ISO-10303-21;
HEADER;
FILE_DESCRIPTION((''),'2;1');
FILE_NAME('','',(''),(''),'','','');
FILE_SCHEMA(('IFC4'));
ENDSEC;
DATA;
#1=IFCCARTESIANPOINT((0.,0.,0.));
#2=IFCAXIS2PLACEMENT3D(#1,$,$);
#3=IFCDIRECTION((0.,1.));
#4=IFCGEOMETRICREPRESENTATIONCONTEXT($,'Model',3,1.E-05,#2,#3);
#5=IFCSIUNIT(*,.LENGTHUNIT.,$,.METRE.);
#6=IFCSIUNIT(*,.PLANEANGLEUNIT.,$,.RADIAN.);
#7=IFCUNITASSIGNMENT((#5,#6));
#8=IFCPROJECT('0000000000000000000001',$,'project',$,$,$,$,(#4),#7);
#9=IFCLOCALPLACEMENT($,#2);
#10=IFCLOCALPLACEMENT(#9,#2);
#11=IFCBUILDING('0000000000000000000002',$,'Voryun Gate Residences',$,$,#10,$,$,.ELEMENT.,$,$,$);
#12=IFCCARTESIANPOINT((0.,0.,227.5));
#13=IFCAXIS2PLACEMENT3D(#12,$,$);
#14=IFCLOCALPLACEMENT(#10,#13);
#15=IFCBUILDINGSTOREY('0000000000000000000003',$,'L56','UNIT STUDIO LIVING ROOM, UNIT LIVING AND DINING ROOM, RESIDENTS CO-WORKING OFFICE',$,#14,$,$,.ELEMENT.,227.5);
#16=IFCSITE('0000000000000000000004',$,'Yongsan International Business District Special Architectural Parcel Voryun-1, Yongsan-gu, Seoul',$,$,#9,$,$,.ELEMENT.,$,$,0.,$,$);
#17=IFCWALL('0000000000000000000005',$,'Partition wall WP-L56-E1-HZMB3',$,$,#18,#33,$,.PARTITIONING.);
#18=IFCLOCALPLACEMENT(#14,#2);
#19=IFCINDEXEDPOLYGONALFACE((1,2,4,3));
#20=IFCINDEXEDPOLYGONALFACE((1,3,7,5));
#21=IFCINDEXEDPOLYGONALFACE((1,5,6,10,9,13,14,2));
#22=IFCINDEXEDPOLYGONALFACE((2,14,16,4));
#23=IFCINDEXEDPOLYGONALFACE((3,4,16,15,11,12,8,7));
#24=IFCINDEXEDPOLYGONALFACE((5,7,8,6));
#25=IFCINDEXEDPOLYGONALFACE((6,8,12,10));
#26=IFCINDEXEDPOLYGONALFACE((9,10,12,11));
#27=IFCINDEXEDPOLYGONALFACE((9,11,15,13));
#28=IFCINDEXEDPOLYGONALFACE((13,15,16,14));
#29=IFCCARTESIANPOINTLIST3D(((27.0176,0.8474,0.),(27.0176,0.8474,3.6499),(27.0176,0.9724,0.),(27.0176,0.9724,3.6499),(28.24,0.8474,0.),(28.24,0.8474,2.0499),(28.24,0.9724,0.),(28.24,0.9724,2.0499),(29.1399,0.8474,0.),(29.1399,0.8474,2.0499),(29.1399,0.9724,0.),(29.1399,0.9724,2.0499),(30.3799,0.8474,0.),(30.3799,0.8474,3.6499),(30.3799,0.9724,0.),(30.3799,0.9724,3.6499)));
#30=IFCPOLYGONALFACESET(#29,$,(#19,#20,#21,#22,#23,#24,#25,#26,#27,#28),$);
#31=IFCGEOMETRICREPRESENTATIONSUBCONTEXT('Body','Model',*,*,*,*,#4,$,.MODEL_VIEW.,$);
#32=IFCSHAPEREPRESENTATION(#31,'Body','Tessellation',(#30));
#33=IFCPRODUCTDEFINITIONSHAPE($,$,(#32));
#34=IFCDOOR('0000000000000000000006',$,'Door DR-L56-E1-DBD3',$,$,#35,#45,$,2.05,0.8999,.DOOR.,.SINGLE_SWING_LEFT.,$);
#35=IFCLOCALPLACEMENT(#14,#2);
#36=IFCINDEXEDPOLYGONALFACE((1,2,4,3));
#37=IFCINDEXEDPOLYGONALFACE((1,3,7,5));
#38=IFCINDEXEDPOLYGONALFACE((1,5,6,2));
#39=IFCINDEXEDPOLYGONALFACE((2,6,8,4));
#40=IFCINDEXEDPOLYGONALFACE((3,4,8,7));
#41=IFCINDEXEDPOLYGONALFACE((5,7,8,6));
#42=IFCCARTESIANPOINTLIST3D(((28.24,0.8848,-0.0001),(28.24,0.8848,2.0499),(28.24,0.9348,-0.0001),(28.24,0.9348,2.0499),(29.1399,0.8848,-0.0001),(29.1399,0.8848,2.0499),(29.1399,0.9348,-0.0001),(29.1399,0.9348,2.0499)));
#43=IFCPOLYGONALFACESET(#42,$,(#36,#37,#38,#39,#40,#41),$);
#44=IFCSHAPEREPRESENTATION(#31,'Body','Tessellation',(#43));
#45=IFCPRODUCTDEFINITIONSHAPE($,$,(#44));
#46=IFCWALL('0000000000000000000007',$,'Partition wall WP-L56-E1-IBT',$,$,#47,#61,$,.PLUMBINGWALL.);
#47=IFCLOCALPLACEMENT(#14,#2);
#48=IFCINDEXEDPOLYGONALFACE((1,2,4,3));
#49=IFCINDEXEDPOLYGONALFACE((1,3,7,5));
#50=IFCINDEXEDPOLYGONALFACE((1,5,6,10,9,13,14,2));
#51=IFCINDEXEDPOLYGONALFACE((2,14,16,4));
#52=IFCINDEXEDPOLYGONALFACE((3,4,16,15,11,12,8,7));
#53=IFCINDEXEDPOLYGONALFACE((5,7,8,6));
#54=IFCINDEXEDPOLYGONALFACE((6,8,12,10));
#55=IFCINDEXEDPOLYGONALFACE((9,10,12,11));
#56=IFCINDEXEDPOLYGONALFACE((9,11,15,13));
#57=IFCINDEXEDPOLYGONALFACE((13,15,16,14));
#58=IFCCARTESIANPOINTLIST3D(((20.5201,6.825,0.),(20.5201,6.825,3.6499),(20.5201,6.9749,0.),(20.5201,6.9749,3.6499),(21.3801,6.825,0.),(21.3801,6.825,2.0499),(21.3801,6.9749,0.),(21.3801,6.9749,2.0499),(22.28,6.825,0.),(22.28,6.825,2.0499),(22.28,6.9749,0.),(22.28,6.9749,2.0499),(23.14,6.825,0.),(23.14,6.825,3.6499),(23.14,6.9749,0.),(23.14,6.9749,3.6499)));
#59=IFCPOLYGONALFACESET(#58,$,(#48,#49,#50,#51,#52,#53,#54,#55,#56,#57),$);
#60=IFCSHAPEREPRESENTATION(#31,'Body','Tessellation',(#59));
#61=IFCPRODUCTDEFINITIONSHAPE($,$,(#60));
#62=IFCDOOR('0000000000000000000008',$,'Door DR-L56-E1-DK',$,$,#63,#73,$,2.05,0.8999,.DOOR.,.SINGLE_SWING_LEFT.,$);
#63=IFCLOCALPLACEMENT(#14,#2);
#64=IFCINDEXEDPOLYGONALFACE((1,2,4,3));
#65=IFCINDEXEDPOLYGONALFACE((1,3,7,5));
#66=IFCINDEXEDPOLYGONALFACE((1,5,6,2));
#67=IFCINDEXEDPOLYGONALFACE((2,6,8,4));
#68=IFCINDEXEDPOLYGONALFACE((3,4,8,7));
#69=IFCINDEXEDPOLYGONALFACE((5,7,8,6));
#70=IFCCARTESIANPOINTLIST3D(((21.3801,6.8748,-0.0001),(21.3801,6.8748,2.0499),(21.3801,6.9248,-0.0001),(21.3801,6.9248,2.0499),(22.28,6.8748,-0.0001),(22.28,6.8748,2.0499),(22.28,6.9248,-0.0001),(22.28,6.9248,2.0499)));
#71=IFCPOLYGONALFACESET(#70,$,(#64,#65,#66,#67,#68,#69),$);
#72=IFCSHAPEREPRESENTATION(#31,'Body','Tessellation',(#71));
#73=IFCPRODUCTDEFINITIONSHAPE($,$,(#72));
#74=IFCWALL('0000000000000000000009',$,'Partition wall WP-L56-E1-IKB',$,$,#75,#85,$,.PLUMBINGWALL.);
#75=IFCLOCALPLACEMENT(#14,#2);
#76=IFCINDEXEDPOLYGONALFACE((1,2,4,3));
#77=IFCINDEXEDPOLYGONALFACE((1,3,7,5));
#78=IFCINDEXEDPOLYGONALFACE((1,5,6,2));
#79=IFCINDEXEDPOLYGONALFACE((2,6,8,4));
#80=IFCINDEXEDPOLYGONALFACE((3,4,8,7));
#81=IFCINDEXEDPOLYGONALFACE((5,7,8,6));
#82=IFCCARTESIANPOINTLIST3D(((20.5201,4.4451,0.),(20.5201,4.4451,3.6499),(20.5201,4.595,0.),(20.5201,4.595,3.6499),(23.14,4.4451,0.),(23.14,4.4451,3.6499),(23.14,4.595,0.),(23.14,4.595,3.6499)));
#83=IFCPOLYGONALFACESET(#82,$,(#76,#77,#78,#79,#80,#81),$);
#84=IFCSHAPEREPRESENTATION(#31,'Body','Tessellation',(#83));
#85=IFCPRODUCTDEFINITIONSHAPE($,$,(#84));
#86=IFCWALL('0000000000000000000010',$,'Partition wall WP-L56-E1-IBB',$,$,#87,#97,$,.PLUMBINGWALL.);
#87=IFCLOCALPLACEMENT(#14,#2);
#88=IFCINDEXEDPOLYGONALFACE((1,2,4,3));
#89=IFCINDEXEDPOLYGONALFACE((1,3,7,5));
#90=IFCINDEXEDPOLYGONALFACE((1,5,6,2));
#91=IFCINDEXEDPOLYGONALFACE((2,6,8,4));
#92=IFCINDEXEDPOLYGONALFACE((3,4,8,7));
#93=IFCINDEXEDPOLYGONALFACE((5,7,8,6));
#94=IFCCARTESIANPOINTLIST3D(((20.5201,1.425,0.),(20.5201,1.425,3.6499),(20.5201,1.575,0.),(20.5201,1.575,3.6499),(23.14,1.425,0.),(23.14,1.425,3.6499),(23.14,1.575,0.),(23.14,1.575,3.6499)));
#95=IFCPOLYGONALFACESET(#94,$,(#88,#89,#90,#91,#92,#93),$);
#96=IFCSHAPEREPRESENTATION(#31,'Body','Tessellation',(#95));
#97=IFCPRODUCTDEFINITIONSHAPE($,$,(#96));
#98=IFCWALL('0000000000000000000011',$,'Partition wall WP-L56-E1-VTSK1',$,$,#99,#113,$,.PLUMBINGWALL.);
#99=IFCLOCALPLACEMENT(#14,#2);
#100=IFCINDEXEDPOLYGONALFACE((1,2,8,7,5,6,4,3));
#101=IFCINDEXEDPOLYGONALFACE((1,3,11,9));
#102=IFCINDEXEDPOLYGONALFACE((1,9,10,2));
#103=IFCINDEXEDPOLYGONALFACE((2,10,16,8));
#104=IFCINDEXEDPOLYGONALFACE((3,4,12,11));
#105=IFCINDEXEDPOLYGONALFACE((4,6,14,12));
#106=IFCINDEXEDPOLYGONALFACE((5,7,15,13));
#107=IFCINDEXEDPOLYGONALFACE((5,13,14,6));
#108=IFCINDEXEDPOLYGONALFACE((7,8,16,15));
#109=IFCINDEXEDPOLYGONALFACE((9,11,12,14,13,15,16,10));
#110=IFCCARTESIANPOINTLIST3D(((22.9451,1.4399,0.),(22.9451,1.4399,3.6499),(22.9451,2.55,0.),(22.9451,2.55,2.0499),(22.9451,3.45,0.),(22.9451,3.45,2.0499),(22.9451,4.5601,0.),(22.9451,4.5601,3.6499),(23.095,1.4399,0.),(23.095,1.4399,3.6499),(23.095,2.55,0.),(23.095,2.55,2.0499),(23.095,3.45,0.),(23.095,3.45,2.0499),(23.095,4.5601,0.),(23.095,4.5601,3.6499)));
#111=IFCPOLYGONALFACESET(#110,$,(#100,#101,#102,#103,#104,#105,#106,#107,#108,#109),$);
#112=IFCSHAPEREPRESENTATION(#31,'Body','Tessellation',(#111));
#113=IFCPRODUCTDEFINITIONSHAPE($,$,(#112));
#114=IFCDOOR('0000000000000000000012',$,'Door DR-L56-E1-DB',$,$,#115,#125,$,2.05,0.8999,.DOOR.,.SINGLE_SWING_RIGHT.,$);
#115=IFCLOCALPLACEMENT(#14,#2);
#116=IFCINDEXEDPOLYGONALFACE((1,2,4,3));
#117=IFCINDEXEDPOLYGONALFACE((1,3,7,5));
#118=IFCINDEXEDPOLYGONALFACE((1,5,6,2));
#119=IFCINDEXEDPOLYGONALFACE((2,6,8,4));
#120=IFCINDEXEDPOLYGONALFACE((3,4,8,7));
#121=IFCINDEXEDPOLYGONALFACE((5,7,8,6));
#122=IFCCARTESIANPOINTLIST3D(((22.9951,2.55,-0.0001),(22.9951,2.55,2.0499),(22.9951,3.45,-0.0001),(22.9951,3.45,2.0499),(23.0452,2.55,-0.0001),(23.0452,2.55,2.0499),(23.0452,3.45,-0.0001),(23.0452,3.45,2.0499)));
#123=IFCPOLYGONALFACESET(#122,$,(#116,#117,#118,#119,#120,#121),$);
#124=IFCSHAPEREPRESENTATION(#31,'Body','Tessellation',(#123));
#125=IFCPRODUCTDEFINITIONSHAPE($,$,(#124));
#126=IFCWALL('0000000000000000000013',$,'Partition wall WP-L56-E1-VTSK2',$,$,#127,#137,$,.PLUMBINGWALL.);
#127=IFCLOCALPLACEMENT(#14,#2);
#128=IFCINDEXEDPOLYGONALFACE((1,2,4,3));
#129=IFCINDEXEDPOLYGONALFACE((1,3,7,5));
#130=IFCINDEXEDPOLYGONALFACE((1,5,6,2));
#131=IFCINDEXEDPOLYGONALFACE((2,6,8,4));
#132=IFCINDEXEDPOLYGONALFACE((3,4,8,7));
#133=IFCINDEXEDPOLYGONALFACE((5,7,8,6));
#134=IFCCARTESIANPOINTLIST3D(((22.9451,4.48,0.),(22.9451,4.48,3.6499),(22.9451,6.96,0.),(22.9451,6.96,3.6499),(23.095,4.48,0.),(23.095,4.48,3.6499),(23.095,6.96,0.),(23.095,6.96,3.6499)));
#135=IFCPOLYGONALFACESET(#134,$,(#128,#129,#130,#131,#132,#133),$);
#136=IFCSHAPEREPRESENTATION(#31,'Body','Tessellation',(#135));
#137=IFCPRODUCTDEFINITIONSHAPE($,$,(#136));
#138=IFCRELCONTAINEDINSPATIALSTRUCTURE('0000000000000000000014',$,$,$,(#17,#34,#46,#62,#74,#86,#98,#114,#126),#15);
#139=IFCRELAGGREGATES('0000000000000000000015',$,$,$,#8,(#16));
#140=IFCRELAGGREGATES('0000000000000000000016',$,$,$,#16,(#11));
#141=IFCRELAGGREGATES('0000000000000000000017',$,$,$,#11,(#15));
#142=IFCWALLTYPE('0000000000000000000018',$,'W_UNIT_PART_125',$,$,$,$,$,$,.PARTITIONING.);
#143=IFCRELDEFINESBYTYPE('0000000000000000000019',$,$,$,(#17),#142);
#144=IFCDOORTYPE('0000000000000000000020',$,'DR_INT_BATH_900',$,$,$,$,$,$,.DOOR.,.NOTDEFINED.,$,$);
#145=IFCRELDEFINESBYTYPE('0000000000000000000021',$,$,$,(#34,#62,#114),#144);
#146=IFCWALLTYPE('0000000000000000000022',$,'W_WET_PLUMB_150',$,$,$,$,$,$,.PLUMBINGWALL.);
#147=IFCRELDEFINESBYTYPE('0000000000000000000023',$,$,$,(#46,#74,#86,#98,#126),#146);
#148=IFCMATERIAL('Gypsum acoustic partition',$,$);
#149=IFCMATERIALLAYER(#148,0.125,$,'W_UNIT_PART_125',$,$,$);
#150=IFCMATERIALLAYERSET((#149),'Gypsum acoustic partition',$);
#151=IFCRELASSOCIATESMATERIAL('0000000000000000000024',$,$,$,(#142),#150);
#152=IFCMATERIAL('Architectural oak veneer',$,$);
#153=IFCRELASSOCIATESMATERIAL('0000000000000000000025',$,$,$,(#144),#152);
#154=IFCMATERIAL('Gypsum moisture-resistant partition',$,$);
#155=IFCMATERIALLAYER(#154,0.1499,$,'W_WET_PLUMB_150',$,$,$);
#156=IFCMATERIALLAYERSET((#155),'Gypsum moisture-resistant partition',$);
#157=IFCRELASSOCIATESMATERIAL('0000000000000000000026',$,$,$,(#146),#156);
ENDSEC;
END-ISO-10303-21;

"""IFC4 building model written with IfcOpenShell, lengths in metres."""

from ifc_helpers import new_model, si_unit, direction, frame, frame_2d, origin, place, context, subcontext, project, spatial, rectangle, extrude, material, layer, layer_set, type_object, element, fill, save


model = new_model("IFC4")

# Units and contexts
model_context = context("Model", 3, precision=1e-05, world=origin(), true_north=direction((0.0, 1.0)))
body_context = subcontext(model_context, "Body", "Model", "MODEL_VIEW")
ifc_project = project(units=[si_unit("LENGTHUNIT", "METRE"), si_unit("PLANEANGLEUNIT", "RADIAN")], contexts=[model_context])

# Site, building, storey
site_placement = place(None, origin())
site = spatial("IfcSite", under=ifc_project, at=site_placement, Name="Yongsan International Business District Special Architectural Parcel Voryun-1, Yongsan-gu, Seoul", CompositionType="ELEMENT", RefElevation=0.0)
building_placement = place(site_placement, origin())
building = spatial("IfcBuilding", under=site, at=building_placement, Name="Voryun Gate Residences", CompositionType="ELEMENT")
storey_placement = place(building_placement, frame((0.0, 0.0, 227.5)))
storey = spatial("IfcBuildingStorey", under=building, at=storey_placement, Name="L56", Description="UNIT STUDIO LIVING ROOM, UNIT LIVING AND DINING ROOM, RESIDENTS CO-WORKING OFFICE", CompositionType="ELEMENT", Elevation=227.5)

# Walls, openings, doors
ifc_material_1 = material(Name="Gypsum acoustic partition")
ifc_layer_1 = layer(ifc_material_1, 0.125, Name="W_UNIT_PART_125")
ifc_layer_set_1 = layer_set([ifc_layer_1], Name="Gypsum acoustic partition")
wall_type_1 = type_object("IfcWallType", Name="W_UNIT_PART_125", PredefinedType="PARTITIONING", material=ifc_layer_set_1)
ifc_material_2 = material(Name="Architectural oak veneer")
door_type_1 = type_object("IfcDoorType", Name="DR_INT_BATH_900", OperationType="NOTDEFINED", PredefinedType="DOOR", material=ifc_material_2)
wall_1_placement = place(storey_placement, frame((27.0176, 0.9099, 0.0), z_axis=(0.0, 0.0, 1.0), x_axis=(1.0, 0.0, 0.0)))
wall_1 = element("IfcWall", 1, at=wall_1_placement, inside=storey, type_object=wall_type_1, Name="Partition wall WP-L56-E1-HZMB3", PredefinedType="PARTITIONING", context=body_context, shape_type="SweptSolid", body=[
    extrude(rectangle(XDim=3.3623, YDim=0.125, at=frame_2d((1.6812, 0.0))), origin(), (0.0, 0.0, 1.0), 3.6499),
])
opening_1_placement = place(wall_1_placement, frame((1.2224, 0.0, 0.0)))
opening_1 = element("IfcOpeningElement", 2, at=opening_1_placement, cuts=wall_1, PredefinedType="OPENING", context=body_context, shape_type="SweptSolid", body=[
    extrude(rectangle(XDim=0.8999, YDim=2.05, at=frame_2d((0.45, 1.0249))), frame((0.0, 0.0725, 0.0), z_axis=(0.0, -1.0, 0.0), x_axis=(1.0, 0.0, 0.0)), (0.0, 0.0, 1.0), 0.145),
])
door_1_placement = place(opening_1_placement, origin())
door_1 = element("IfcDoor", 3, at=door_1_placement, inside=storey, type_object=door_type_1, Name="Door DR-L56-E1-DBD3", OperationType="SINGLE_SWING_LEFT", OverallHeight=2.05, OverallWidth=0.8999, PredefinedType="DOOR", context=body_context, shape_type="SweptSolid", body=[
    extrude(rectangle(XDim=0.8999, YDim=2.05, at=frame_2d((0.45, 1.0249))), frame((0.0, 0.0249, 0.0), z_axis=(0.0, -1.0, 0.0), x_axis=(1.0, 0.0, 0.0)), (0.0, 0.0, 1.0), 0.05),
])
fill(opening_1, door_1)
ifc_material_3 = material(Name="Gypsum moisture-resistant partition")
ifc_layer_2 = layer(ifc_material_3, 0.1499, Name="W_WET_PLUMB_150")
ifc_layer_set_2 = layer_set([ifc_layer_2], Name="Gypsum moisture-resistant partition")
wall_type_2 = type_object("IfcWallType", Name="W_WET_PLUMB_150", PredefinedType="PLUMBINGWALL", material=ifc_layer_set_2)
wall_2_placement = place(storey_placement, frame((20.52, 6.8999, 0.0), z_axis=(0.0, 0.0, 1.0), x_axis=(1.0, 0.0, 0.0)))
wall_2 = element("IfcWall", 4, at=wall_2_placement, inside=storey, type_object=wall_type_2, Name="Partition wall WP-L56-E1-IBT", PredefinedType="PLUMBINGWALL", context=body_context, shape_type="SweptSolid", body=[
    extrude(rectangle(XDim=2.6199, YDim=0.1499, at=frame_2d((1.3101, 0.0))), origin(), (0.0, 0.0, 1.0), 3.6499),
])
opening_2_placement = place(wall_2_placement, frame((0.8601, 0.0, 0.0)))
opening_2 = element("IfcOpeningElement", 5, at=opening_2_placement, cuts=wall_2, PredefinedType="OPENING", context=body_context, shape_type="SweptSolid", body=[
    extrude(rectangle(XDim=0.8999, YDim=2.05, at=frame_2d((0.45, 1.0249))), frame((0.0, 0.085, 0.0), z_axis=(0.0, -1.0, 0.0), x_axis=(1.0, 0.0, 0.0)), (0.0, 0.0, 1.0), 0.1699),
])
door_2_placement = place(opening_2_placement, origin())
door_2 = element("IfcDoor", 6, at=door_2_placement, inside=storey, type_object=door_type_1, Name="Door DR-L56-E1-DK", OperationType="SINGLE_SWING_LEFT", OverallHeight=2.05, OverallWidth=0.8999, PredefinedType="DOOR", context=body_context, shape_type="SweptSolid", body=[
    extrude(rectangle(XDim=0.8999, YDim=2.05, at=frame_2d((0.45, 1.0249))), frame((0.0, 0.0249, 0.0), z_axis=(0.0, -1.0, 0.0), x_axis=(1.0, 0.0, 0.0)), (0.0, 0.0, 1.0), 0.05),
])
fill(opening_2, door_2)

# Walls
for number, where, z_axis, x_axis, name in (
    (7, (20.52, 4.52, 0.0), (0.0, 0.0, 1.0), (1.0, 0.0, 0.0), "Partition wall WP-L56-E1-IKB"),
    (8, (20.52, 1.5, 0.0), (0.0, 0.0, 1.0), (1.0, 0.0, 0.0), "Partition wall WP-L56-E1-IBB"),
):
    element("IfcWall", number, at=place(storey_placement, frame(where, z_axis=z_axis, x_axis=x_axis)), inside=storey, type_object=wall_type_2, Name=name, PredefinedType="PLUMBINGWALL", context=body_context, shape_type="SweptSolid", body=[
        extrude(rectangle(XDim=2.6199, YDim=0.1499, at=frame_2d((1.3101, 0.0))), origin(), (0.0, 0.0, 1.0), 3.6499),
    ])

# Wall, opening, door
wall_3_placement = place(storey_placement, frame((23.02, 1.4399, 0.0), z_axis=(0.0, 0.0, 1.0), x_axis=(0.0, 1.0, 0.0)))
wall_3 = element("IfcWall", 9, at=wall_3_placement, inside=storey, type_object=wall_type_2, Name="Partition wall WP-L56-E1-VTSK1", PredefinedType="PLUMBINGWALL", context=body_context, shape_type="SweptSolid", body=[
    extrude(rectangle(XDim=3.1201, YDim=0.1499, at=frame_2d((1.5601, 0.0))), origin(), (0.0, 0.0, 1.0), 3.6499),
])
opening_3_placement = place(wall_3_placement, frame((1.1101, 0.0, 0.0)))
opening_3 = element("IfcOpeningElement", 10, at=opening_3_placement, cuts=wall_3, PredefinedType="OPENING", context=body_context, shape_type="SweptSolid", body=[
    extrude(rectangle(XDim=0.8999, YDim=2.05, at=frame_2d((0.45, 1.0249))), frame((0.0, 0.085, 0.0), z_axis=(0.0, -1.0, 0.0), x_axis=(1.0, 0.0, 0.0)), (0.0, 0.0, 1.0), 0.1699),
])
door_3_placement = place(opening_3_placement, origin())
door_3 = element("IfcDoor", 11, at=door_3_placement, inside=storey, type_object=door_type_1, Name="Door DR-L56-E1-DB", OperationType="SINGLE_SWING_RIGHT", OverallHeight=2.05, OverallWidth=0.8999, PredefinedType="DOOR", context=body_context, shape_type="SweptSolid", body=[
    extrude(rectangle(XDim=0.8999, YDim=2.05, at=frame_2d((0.45, 1.0249))), frame((0.0, 0.0249, 0.0), z_axis=(0.0, -1.0, 0.0), x_axis=(1.0, 0.0, 0.0)), (0.0, 0.0, 1.0), 0.05),
])
fill(opening_3, door_3)

# Wall
wall_4_placement = place(storey_placement, frame((23.02, 4.48, 0.0), z_axis=(0.0, 0.0, 1.0), x_axis=(0.0, 1.0, 0.0)))
element("IfcWall", 12, at=wall_4_placement, inside=storey, type_object=wall_type_2, Name="Partition wall WP-L56-E1-VTSK2", PredefinedType="PLUMBINGWALL", context=body_context, shape_type="SweptSolid", body=[
    extrude(rectangle(XDim=2.48, YDim=0.1499, at=frame_2d((1.24, 0.0))), origin(), (0.0, 0.0, 1.0), 3.6499),
])

save(model, "model.ifc")
